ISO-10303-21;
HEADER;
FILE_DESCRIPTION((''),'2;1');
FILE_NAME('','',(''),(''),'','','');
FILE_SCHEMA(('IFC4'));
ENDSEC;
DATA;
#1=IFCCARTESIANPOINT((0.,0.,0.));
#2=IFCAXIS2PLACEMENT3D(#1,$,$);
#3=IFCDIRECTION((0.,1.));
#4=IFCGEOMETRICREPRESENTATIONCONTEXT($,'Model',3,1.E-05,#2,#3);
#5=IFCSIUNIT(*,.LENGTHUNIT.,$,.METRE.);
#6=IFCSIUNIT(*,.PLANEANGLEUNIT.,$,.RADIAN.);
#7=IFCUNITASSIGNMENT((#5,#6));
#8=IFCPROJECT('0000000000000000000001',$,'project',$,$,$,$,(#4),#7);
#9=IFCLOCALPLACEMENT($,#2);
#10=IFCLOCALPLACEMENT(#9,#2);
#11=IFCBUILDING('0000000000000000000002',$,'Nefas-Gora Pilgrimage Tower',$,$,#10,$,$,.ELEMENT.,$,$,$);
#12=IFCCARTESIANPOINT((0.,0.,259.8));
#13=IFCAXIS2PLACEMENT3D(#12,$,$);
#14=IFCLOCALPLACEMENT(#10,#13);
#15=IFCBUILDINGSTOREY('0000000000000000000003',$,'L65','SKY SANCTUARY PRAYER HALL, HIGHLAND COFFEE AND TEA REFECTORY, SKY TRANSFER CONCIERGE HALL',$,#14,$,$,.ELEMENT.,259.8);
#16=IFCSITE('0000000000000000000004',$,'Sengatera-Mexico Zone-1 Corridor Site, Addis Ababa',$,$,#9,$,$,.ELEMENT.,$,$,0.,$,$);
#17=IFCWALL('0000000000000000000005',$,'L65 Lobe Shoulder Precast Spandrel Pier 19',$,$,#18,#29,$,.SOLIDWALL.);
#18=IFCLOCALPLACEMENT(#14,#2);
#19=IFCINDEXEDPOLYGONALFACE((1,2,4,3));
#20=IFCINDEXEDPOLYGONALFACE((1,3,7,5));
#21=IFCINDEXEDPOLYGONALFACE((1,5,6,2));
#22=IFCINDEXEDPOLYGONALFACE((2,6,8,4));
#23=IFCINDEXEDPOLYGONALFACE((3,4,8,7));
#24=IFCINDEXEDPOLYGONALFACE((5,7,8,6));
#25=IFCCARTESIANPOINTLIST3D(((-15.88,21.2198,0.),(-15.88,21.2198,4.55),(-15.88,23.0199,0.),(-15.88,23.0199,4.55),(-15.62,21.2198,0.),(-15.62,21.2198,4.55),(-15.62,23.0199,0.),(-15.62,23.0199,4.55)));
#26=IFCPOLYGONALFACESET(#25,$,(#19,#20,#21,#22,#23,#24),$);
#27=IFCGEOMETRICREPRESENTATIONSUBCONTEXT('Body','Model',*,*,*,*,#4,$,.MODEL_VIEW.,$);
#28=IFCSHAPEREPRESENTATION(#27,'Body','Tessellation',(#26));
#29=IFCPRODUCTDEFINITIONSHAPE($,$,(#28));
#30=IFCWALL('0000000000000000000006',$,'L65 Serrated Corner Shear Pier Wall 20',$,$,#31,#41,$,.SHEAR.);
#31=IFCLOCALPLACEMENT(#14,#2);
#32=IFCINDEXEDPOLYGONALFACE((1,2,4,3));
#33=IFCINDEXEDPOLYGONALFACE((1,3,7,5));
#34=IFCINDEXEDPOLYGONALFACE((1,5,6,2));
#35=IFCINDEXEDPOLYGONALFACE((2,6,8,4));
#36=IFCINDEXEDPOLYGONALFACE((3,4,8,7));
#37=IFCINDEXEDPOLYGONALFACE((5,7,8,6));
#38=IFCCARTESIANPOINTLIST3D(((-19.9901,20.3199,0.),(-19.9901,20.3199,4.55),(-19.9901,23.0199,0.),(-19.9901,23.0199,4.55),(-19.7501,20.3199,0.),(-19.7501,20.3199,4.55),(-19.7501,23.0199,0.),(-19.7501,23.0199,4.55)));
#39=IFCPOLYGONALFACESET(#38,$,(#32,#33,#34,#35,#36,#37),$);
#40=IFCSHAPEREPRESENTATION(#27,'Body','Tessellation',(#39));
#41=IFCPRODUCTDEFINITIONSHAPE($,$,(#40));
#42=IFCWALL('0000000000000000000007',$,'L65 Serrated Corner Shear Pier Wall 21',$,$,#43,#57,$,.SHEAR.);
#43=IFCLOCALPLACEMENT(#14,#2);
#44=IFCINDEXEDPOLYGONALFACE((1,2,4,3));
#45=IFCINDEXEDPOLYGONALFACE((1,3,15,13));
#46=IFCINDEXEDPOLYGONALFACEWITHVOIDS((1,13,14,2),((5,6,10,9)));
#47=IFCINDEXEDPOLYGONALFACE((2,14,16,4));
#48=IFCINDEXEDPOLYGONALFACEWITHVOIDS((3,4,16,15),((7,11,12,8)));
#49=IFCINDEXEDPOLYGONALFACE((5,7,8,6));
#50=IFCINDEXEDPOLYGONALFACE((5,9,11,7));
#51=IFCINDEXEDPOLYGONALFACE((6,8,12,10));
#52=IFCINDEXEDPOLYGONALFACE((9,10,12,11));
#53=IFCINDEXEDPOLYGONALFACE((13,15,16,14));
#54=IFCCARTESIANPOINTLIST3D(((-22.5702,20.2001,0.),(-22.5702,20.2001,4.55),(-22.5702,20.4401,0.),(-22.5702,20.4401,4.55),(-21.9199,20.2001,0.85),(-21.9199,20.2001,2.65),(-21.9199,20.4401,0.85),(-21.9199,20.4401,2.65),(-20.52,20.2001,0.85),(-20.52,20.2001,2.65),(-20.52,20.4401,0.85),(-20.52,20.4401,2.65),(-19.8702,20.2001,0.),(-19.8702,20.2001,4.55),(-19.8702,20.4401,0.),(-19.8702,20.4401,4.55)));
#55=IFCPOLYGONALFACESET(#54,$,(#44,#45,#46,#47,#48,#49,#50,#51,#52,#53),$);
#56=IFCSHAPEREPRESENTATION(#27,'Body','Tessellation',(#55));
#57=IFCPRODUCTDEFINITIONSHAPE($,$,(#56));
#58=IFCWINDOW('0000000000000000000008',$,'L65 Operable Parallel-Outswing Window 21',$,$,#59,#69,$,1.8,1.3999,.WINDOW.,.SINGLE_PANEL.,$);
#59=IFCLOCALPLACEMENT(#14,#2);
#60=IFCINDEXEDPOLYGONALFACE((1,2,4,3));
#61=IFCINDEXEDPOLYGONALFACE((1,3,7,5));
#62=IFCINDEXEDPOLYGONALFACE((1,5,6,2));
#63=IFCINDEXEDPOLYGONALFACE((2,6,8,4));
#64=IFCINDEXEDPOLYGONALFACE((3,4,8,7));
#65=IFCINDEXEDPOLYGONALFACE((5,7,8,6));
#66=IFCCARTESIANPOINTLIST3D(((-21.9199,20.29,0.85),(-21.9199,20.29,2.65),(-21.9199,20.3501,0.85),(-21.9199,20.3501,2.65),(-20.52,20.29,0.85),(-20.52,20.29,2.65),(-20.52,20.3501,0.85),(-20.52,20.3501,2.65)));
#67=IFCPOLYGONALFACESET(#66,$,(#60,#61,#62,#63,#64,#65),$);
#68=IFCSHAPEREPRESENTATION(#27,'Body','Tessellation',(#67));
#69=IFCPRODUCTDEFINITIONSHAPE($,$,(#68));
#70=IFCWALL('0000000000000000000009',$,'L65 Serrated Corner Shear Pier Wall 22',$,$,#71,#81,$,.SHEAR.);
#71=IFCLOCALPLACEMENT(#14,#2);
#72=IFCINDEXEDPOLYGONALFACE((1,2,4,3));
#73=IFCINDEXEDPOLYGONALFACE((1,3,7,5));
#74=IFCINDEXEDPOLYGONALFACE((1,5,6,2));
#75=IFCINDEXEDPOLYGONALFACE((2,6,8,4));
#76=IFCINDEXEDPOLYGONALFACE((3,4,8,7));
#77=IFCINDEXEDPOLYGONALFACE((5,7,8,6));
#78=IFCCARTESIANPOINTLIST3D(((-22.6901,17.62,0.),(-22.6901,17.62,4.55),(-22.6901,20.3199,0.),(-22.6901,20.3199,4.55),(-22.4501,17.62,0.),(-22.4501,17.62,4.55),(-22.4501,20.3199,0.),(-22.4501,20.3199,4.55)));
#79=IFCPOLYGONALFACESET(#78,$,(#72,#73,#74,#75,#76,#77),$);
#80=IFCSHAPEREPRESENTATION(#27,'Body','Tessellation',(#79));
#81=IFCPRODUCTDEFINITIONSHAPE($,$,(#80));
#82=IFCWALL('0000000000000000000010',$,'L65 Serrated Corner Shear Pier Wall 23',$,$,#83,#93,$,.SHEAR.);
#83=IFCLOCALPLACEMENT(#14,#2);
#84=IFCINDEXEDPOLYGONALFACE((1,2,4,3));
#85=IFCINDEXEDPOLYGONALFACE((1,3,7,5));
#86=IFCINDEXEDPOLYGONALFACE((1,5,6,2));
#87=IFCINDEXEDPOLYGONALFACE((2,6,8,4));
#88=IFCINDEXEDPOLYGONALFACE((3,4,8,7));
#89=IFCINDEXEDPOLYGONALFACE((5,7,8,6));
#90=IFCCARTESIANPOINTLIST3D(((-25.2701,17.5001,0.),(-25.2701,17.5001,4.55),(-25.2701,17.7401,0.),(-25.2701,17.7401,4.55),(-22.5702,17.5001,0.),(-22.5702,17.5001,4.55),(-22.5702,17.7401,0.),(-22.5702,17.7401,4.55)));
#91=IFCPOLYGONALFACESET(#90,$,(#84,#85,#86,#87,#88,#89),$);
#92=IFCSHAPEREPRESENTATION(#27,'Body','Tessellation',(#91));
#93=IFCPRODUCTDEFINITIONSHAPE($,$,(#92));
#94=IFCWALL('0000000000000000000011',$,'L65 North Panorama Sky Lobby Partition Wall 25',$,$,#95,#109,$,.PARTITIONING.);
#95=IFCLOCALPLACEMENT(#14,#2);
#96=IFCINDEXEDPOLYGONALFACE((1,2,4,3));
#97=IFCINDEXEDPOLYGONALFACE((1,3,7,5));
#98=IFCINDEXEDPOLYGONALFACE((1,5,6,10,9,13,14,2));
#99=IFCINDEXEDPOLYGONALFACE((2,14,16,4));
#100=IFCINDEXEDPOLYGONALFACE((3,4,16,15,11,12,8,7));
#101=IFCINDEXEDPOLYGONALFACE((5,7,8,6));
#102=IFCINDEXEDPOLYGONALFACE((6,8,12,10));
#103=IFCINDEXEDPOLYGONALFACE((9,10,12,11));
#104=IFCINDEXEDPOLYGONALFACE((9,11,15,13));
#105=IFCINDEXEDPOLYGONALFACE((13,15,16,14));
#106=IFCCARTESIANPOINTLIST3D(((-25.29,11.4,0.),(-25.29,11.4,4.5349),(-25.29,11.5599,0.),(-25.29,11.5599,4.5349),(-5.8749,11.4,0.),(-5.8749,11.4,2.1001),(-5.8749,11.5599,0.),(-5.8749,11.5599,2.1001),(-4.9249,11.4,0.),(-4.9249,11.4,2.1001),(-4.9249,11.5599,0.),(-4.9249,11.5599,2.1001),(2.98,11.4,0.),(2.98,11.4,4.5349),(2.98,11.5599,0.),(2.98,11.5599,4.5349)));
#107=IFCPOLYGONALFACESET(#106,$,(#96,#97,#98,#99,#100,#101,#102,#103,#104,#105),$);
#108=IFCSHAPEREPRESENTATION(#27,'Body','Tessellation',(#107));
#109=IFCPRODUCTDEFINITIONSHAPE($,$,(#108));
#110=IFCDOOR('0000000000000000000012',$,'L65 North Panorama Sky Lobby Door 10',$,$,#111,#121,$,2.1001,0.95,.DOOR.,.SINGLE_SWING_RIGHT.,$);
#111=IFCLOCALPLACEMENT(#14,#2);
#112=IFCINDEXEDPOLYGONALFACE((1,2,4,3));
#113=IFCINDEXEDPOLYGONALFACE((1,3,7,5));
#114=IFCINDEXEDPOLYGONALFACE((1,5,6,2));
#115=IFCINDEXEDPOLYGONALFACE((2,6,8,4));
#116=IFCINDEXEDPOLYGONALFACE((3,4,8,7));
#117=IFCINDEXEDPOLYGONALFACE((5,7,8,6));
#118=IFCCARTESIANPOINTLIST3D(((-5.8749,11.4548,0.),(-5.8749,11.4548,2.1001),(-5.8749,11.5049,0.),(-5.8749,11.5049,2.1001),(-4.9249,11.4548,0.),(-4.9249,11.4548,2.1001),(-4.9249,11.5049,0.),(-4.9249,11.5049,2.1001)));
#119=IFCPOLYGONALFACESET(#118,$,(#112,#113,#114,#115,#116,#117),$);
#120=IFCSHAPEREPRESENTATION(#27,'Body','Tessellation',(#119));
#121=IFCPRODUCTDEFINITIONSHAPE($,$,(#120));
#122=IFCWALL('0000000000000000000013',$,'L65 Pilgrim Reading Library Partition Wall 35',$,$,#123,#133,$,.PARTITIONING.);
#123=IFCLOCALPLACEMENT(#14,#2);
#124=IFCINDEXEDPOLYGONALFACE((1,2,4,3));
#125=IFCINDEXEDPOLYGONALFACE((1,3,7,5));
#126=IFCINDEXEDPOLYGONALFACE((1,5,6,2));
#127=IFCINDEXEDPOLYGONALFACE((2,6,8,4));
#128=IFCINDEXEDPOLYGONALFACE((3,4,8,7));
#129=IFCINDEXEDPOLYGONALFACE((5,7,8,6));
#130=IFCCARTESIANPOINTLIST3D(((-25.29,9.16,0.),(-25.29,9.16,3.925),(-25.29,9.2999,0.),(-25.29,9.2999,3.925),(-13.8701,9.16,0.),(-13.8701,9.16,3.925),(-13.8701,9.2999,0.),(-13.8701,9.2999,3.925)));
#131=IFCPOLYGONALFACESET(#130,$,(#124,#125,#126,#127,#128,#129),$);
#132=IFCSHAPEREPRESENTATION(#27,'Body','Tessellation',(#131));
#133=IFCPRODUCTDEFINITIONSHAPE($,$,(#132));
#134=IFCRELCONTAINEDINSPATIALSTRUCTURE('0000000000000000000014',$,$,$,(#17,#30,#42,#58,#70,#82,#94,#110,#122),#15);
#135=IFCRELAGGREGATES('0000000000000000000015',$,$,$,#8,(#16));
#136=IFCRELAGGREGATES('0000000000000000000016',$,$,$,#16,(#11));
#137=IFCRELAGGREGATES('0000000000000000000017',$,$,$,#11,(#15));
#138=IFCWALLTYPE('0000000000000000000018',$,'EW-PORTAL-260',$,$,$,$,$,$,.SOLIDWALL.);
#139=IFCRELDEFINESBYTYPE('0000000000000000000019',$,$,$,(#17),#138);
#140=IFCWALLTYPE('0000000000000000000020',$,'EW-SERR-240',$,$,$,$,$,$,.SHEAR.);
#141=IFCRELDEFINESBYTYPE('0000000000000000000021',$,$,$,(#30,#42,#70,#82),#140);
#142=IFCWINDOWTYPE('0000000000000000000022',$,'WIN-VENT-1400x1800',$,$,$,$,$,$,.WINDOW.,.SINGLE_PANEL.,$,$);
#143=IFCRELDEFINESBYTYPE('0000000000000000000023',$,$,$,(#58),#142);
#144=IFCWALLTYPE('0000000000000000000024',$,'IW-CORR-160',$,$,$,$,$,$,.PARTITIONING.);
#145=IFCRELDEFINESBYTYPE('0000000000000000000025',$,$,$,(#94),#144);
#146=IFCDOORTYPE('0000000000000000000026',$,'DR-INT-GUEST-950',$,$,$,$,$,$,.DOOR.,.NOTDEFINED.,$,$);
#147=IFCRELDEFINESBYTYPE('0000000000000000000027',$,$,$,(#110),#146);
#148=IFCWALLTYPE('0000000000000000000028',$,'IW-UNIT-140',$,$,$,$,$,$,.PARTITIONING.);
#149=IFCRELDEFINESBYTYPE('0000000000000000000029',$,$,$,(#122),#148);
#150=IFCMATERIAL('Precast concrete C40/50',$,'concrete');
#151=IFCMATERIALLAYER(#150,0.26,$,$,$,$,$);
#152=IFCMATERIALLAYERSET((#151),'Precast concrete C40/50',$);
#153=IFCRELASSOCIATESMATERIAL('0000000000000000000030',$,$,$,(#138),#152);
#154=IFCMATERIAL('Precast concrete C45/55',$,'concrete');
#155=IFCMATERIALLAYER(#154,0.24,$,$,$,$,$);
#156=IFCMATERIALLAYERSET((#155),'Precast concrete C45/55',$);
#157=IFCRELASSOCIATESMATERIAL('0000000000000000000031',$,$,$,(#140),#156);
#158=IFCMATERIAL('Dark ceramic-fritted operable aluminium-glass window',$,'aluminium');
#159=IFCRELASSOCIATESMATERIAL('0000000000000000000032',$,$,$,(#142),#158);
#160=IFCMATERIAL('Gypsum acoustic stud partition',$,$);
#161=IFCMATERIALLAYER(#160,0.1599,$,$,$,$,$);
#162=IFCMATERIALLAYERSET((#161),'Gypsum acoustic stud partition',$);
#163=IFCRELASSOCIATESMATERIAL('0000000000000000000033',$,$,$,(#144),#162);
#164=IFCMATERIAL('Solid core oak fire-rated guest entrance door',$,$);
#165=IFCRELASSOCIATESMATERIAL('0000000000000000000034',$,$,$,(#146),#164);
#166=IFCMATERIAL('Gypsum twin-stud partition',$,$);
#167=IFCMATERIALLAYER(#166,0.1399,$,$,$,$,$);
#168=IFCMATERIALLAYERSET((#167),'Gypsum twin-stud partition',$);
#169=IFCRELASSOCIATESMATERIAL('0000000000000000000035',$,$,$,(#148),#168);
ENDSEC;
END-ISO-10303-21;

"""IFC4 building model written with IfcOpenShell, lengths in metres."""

from ifc_helpers import new_model, si_unit, direction, frame, frame_2d, origin, place, context, subcontext, project, spatial, rectangle, extrude, source, transform, mapped, material, layer, layer_set, type_object, element, fill, save


model = new_model("IFC4")

# Units and contexts
model_context = context("Model", 3, precision=1e-05, world=origin(), true_north=direction((0.0, 1.0)))
body_context = subcontext(model_context, "Body", "Model", "MODEL_VIEW")
ifc_project = project(units=[si_unit("LENGTHUNIT", "METRE"), si_unit("PLANEANGLEUNIT", "RADIAN")], contexts=[model_context])

# Site, building, storey
site_placement = place(None, origin())
site = spatial("IfcSite", under=ifc_project, at=site_placement, Name="Sengatera-Mexico Zone-1 Corridor Site, Addis Ababa", CompositionType="ELEMENT", RefElevation=0.0)
building_placement = place(site_placement, origin())
building = spatial("IfcBuilding", under=site, at=building_placement, Name="Nefas-Gora Pilgrimage Tower", CompositionType="ELEMENT")
storey_placement = place(building_placement, frame((0.0, 0.0, 259.8)))
storey = spatial("IfcBuildingStorey", under=building, at=storey_placement, Name="L65", Description="SKY SANCTUARY PRAYER HALL, HIGHLAND COFFEE AND TEA REFECTORY, SKY TRANSFER CONCIERGE HALL", CompositionType="ELEMENT", Elevation=259.8)

# Walls
ifc_material_1 = material(Name="Precast concrete C40/50", Category="concrete")
ifc_layer_1 = layer(ifc_material_1, 0.26)
ifc_layer_set_1 = layer_set([ifc_layer_1], Name="Precast concrete C40/50")
wall_type_1 = type_object("IfcWallType", Name="EW-PORTAL-260", PredefinedType="SOLIDWALL", material=ifc_layer_set_1)
shared_shape_1 = source(origin(), body_context, "Body", "SweptSolid", [
    extrude(rectangle(XDim=1.8, YDim=0.26, at=frame_2d((0.8999, 0.0))), origin(), (0.0, 0.0, 1.0), 4.55),
])
wall_1_placement = place(storey_placement, frame((-15.75, 21.22, 0.0), z_axis=(0.0, 0.0, 1.0), x_axis=(0.0, 1.0, 0.0)))
element("IfcWall", 1, at=wall_1_placement, inside=storey, type_object=wall_type_1, Name="L65 Lobe Shoulder Precast Spandrel Pier 19", PredefinedType="SOLIDWALL", context=body_context, shape_type="MappedRepresentation", body=[
    mapped(shared_shape_1, transform((0.0, 0.0, 0.0), x_axis=(1.0, 0.0, 0.0), y_axis=(0.0, 1.0, 0.0), z_axis=(0.0, 0.0, 1.0), scale=1.0)),
])
ifc_material_2 = material(Name="Precast concrete C45/55", Category="concrete")
ifc_layer_2 = layer(ifc_material_2, 0.24)
ifc_layer_set_2 = layer_set([ifc_layer_2], Name="Precast concrete C45/55")
wall_type_2 = type_object("IfcWallType", Name="EW-SERR-240", PredefinedType="SHEAR", material=ifc_layer_set_2)
shared_shape_2 = source(origin(), body_context, "Body", "SweptSolid", [
    extrude(rectangle(XDim=2.7, YDim=0.24, at=frame_2d((1.3501, 0.0))), origin(), (0.0, 0.0, 1.0), 4.55),
])
wall_2_placement = place(storey_placement, frame((-19.8701, 23.02, 0.0), z_axis=(0.0, 0.0, 1.0), x_axis=(0.0, -1.0, 0.0)))
element("IfcWall", 2, at=wall_2_placement, inside=storey, type_object=wall_type_2, Name="L65 Serrated Corner Shear Pier Wall 20", PredefinedType="SHEAR", context=body_context, shape_type="MappedRepresentation", body=[
    mapped(shared_shape_2, transform((0.0, 0.0, 0.0), x_axis=(1.0, 0.0, 0.0), y_axis=(0.0, 1.0, 0.0), z_axis=(0.0, 0.0, 1.0), scale=1.0)),
])

# Wall, opening, window
wall_3_placement = place(storey_placement, frame((-19.8701, 20.3201, 0.0), z_axis=(0.0, 0.0, 1.0), x_axis=(-1.0, 0.0, 0.0)))
wall_3 = element("IfcWall", 3, at=wall_3_placement, inside=storey, type_object=wall_type_2, Name="L65 Serrated Corner Shear Pier Wall 21", PredefinedType="SHEAR", context=body_context, shape_type="MappedRepresentation", body=[
    mapped(shared_shape_2, transform((0.0, 0.0, 0.0), x_axis=(1.0, 0.0, 0.0), y_axis=(0.0, 1.0, 0.0), z_axis=(0.0, 0.0, 1.0), scale=1.0)),
])
opening_1_placement = place(wall_3_placement, frame((0.6499, 0.0, 0.8501)))
opening_1 = element("IfcOpeningElement", 4, at=opening_1_placement, cuts=wall_3, PredefinedType="OPENING", context=body_context, shape_type="SweptSolid", body=[
    extrude(rectangle(XDim=1.3999, YDim=1.8, at=frame_2d((0.7, 0.8999))), frame((0.0, 0.1299, 0.0), z_axis=(0.0, -1.0, 0.0), x_axis=(1.0, 0.0, 0.0)), (0.0, 0.0, 1.0), 0.26),
])
ifc_material_3 = material(Name="Dark ceramic-fritted operable aluminium-glass window", Category="aluminium")
window_type = type_object("IfcWindowType", Name="WIN-VENT-1400x1800", PartitioningType="SINGLE_PANEL", PredefinedType="WINDOW", material=ifc_material_3)
shared_shape_3 = source(origin(), body_context, "Body", "SweptSolid", [
    extrude(rectangle(XDim=1.3999, YDim=1.8, at=frame_2d((0.7, 0.8999))), frame((0.0, 0.03, 0.0), z_axis=(0.0, -1.0, 0.0), x_axis=(1.0, 0.0, 0.0)), (0.0, 0.0, 1.0), 0.0601),
])
window_placement = place(opening_1_placement, origin())
window = element("IfcWindow", 5, at=window_placement, inside=storey, type_object=window_type, Name="L65 Operable Parallel-Outswing Window 21", OverallHeight=1.8, OverallWidth=1.3999, PartitioningType="SINGLE_PANEL", PredefinedType="WINDOW", context=body_context, shape_type="MappedRepresentation", body=[
    mapped(shared_shape_3, transform((0.0, 0.0, 0.0), x_axis=(1.0, 0.0, 0.0), y_axis=(0.0, 1.0, 0.0), z_axis=(0.0, 0.0, 1.0), scale=1.0)),
])
fill(opening_1, window)

# Walls
for number, where, z_axis, x_axis, name in (
    (6, (-22.5701, 20.3201, 0.0), (0.0, 0.0, 1.0), (0.0, -1.0, 0.0), "L65 Serrated Corner Shear Pier Wall 22"),
    (7, (-22.5701, 17.6201, 0.0), (0.0, 0.0, 1.0), (-1.0, 0.0, 0.0), "L65 Serrated Corner Shear Pier Wall 23"),
):
    element("IfcWall", number, at=place(storey_placement, frame(where, z_axis=z_axis, x_axis=x_axis)), inside=storey, type_object=wall_type_2, Name=name, PredefinedType="SHEAR", context=body_context, shape_type="MappedRepresentation", body=[
        mapped(shared_shape_2, transform((0.0, 0.0, 0.0), x_axis=(1.0, 0.0, 0.0), y_axis=(0.0, 1.0, 0.0), z_axis=(0.0, 0.0, 1.0), scale=1.0)),
    ])

# Wall, opening, door
ifc_material_4 = material(Name="Gypsum acoustic stud partition")
ifc_layer_3 = layer(ifc_material_4, 0.1599)
ifc_layer_set_3 = layer_set([ifc_layer_3], Name="Gypsum acoustic stud partition")
wall_type_3 = type_object("IfcWallType", Name="IW-CORR-160", PredefinedType="PARTITIONING", material=ifc_layer_set_3)
shared_shape_4 = source(origin(), body_context, "Body", "SweptSolid", [
    extrude(rectangle(XDim=28.27, YDim=0.1599, at=frame_2d((14.135, 0.0))), origin(), (0.0, 0.0, 1.0), 4.5349),
])
wall_4_placement = place(storey_placement, frame((-25.29, 11.48, 0.0), z_axis=(0.0, 0.0, 1.0), x_axis=(1.0, 0.0, 0.0)))
wall_4 = element("IfcWall", 8, at=wall_4_placement, inside=storey, type_object=wall_type_3, Name="L65 North Panorama Sky Lobby Partition Wall 25", PredefinedType="PARTITIONING", context=body_context, shape_type="MappedRepresentation", body=[
    mapped(shared_shape_4, transform((0.0, 0.0, 0.0), x_axis=(1.0, 0.0, 0.0), y_axis=(0.0, 1.0, 0.0), z_axis=(0.0, 0.0, 1.0), scale=1.0)),
])
opening_2_placement = place(wall_4_placement, frame((19.415, 0.0, 0.0)))
opening_2 = element("IfcOpeningElement", 9, at=opening_2_placement, cuts=wall_4, PredefinedType="OPENING", context=body_context, shape_type="SweptSolid", body=[
    extrude(rectangle(XDim=0.95, YDim=2.1001, at=frame_2d((0.4751, 1.05))), frame((0.0, 0.0898, 0.0), z_axis=(0.0, -1.0, 0.0), x_axis=(1.0, 0.0, 0.0)), (0.0, 0.0, 1.0), 0.1799),
])
ifc_material_5 = material(Name="Solid core oak fire-rated guest entrance door")
door_type = type_object("IfcDoorType", Name="DR-INT-GUEST-950", OperationType="NOTDEFINED", PredefinedType="DOOR", material=ifc_material_5)
shared_shape_5 = source(origin(), body_context, "Body", "SweptSolid", [
    extrude(rectangle(XDim=0.95, YDim=2.1001, at=frame_2d((0.4751, 1.05))), frame((0.0, 0.0249, 0.0), z_axis=(0.0, -1.0, 0.0), x_axis=(1.0, 0.0, 0.0)), (0.0, 0.0, 1.0), 0.05),
])
door_placement = place(opening_2_placement, origin())
door = element("IfcDoor", 10, at=door_placement, inside=storey, type_object=door_type, Name="L65 North Panorama Sky Lobby Door 10", OperationType="SINGLE_SWING_RIGHT", OverallHeight=2.1001, OverallWidth=0.95, PredefinedType="DOOR", context=body_context, shape_type="MappedRepresentation", body=[
    mapped(shared_shape_5, transform((0.0, 0.0, 0.0), x_axis=(1.0, 0.0, 0.0), y_axis=(0.0, 1.0, 0.0), z_axis=(0.0, 0.0, 1.0), scale=1.0)),
])
fill(opening_2, door)

# Wall
ifc_material_6 = material(Name="Gypsum twin-stud partition")
ifc_layer_4 = layer(ifc_material_6, 0.1399)
ifc_layer_set_4 = layer_set([ifc_layer_4], Name="Gypsum twin-stud partition")
wall_type_4 = type_object("IfcWallType", Name="IW-UNIT-140", PredefinedType="PARTITIONING", material=ifc_layer_set_4)
shared_shape_6 = source(origin(), body_context, "Body", "SweptSolid", [
    extrude(rectangle(XDim=11.4199, YDim=0.1399, at=frame_2d((5.71, 0.0))), origin(), (0.0, 0.0, 1.0), 3.925),
])
wall_5_placement = place(storey_placement, frame((-25.29, 9.23, 0.0), z_axis=(0.0, 0.0, 1.0), x_axis=(1.0, 0.0, 0.0)))
element("IfcWall", 11, at=wall_5_placement, inside=storey, type_object=wall_type_4, Name="L65 Pilgrim Reading Library Partition Wall 35", PredefinedType="PARTITIONING", context=body_context, shape_type="MappedRepresentation", body=[
    mapped(shared_shape_6, transform((0.0, 0.0, 0.0), x_axis=(1.0, 0.0, 0.0), y_axis=(0.0, 1.0, 0.0), z_axis=(0.0, 0.0, 1.0), scale=1.0)),
])

save(model, "model.ifc")
